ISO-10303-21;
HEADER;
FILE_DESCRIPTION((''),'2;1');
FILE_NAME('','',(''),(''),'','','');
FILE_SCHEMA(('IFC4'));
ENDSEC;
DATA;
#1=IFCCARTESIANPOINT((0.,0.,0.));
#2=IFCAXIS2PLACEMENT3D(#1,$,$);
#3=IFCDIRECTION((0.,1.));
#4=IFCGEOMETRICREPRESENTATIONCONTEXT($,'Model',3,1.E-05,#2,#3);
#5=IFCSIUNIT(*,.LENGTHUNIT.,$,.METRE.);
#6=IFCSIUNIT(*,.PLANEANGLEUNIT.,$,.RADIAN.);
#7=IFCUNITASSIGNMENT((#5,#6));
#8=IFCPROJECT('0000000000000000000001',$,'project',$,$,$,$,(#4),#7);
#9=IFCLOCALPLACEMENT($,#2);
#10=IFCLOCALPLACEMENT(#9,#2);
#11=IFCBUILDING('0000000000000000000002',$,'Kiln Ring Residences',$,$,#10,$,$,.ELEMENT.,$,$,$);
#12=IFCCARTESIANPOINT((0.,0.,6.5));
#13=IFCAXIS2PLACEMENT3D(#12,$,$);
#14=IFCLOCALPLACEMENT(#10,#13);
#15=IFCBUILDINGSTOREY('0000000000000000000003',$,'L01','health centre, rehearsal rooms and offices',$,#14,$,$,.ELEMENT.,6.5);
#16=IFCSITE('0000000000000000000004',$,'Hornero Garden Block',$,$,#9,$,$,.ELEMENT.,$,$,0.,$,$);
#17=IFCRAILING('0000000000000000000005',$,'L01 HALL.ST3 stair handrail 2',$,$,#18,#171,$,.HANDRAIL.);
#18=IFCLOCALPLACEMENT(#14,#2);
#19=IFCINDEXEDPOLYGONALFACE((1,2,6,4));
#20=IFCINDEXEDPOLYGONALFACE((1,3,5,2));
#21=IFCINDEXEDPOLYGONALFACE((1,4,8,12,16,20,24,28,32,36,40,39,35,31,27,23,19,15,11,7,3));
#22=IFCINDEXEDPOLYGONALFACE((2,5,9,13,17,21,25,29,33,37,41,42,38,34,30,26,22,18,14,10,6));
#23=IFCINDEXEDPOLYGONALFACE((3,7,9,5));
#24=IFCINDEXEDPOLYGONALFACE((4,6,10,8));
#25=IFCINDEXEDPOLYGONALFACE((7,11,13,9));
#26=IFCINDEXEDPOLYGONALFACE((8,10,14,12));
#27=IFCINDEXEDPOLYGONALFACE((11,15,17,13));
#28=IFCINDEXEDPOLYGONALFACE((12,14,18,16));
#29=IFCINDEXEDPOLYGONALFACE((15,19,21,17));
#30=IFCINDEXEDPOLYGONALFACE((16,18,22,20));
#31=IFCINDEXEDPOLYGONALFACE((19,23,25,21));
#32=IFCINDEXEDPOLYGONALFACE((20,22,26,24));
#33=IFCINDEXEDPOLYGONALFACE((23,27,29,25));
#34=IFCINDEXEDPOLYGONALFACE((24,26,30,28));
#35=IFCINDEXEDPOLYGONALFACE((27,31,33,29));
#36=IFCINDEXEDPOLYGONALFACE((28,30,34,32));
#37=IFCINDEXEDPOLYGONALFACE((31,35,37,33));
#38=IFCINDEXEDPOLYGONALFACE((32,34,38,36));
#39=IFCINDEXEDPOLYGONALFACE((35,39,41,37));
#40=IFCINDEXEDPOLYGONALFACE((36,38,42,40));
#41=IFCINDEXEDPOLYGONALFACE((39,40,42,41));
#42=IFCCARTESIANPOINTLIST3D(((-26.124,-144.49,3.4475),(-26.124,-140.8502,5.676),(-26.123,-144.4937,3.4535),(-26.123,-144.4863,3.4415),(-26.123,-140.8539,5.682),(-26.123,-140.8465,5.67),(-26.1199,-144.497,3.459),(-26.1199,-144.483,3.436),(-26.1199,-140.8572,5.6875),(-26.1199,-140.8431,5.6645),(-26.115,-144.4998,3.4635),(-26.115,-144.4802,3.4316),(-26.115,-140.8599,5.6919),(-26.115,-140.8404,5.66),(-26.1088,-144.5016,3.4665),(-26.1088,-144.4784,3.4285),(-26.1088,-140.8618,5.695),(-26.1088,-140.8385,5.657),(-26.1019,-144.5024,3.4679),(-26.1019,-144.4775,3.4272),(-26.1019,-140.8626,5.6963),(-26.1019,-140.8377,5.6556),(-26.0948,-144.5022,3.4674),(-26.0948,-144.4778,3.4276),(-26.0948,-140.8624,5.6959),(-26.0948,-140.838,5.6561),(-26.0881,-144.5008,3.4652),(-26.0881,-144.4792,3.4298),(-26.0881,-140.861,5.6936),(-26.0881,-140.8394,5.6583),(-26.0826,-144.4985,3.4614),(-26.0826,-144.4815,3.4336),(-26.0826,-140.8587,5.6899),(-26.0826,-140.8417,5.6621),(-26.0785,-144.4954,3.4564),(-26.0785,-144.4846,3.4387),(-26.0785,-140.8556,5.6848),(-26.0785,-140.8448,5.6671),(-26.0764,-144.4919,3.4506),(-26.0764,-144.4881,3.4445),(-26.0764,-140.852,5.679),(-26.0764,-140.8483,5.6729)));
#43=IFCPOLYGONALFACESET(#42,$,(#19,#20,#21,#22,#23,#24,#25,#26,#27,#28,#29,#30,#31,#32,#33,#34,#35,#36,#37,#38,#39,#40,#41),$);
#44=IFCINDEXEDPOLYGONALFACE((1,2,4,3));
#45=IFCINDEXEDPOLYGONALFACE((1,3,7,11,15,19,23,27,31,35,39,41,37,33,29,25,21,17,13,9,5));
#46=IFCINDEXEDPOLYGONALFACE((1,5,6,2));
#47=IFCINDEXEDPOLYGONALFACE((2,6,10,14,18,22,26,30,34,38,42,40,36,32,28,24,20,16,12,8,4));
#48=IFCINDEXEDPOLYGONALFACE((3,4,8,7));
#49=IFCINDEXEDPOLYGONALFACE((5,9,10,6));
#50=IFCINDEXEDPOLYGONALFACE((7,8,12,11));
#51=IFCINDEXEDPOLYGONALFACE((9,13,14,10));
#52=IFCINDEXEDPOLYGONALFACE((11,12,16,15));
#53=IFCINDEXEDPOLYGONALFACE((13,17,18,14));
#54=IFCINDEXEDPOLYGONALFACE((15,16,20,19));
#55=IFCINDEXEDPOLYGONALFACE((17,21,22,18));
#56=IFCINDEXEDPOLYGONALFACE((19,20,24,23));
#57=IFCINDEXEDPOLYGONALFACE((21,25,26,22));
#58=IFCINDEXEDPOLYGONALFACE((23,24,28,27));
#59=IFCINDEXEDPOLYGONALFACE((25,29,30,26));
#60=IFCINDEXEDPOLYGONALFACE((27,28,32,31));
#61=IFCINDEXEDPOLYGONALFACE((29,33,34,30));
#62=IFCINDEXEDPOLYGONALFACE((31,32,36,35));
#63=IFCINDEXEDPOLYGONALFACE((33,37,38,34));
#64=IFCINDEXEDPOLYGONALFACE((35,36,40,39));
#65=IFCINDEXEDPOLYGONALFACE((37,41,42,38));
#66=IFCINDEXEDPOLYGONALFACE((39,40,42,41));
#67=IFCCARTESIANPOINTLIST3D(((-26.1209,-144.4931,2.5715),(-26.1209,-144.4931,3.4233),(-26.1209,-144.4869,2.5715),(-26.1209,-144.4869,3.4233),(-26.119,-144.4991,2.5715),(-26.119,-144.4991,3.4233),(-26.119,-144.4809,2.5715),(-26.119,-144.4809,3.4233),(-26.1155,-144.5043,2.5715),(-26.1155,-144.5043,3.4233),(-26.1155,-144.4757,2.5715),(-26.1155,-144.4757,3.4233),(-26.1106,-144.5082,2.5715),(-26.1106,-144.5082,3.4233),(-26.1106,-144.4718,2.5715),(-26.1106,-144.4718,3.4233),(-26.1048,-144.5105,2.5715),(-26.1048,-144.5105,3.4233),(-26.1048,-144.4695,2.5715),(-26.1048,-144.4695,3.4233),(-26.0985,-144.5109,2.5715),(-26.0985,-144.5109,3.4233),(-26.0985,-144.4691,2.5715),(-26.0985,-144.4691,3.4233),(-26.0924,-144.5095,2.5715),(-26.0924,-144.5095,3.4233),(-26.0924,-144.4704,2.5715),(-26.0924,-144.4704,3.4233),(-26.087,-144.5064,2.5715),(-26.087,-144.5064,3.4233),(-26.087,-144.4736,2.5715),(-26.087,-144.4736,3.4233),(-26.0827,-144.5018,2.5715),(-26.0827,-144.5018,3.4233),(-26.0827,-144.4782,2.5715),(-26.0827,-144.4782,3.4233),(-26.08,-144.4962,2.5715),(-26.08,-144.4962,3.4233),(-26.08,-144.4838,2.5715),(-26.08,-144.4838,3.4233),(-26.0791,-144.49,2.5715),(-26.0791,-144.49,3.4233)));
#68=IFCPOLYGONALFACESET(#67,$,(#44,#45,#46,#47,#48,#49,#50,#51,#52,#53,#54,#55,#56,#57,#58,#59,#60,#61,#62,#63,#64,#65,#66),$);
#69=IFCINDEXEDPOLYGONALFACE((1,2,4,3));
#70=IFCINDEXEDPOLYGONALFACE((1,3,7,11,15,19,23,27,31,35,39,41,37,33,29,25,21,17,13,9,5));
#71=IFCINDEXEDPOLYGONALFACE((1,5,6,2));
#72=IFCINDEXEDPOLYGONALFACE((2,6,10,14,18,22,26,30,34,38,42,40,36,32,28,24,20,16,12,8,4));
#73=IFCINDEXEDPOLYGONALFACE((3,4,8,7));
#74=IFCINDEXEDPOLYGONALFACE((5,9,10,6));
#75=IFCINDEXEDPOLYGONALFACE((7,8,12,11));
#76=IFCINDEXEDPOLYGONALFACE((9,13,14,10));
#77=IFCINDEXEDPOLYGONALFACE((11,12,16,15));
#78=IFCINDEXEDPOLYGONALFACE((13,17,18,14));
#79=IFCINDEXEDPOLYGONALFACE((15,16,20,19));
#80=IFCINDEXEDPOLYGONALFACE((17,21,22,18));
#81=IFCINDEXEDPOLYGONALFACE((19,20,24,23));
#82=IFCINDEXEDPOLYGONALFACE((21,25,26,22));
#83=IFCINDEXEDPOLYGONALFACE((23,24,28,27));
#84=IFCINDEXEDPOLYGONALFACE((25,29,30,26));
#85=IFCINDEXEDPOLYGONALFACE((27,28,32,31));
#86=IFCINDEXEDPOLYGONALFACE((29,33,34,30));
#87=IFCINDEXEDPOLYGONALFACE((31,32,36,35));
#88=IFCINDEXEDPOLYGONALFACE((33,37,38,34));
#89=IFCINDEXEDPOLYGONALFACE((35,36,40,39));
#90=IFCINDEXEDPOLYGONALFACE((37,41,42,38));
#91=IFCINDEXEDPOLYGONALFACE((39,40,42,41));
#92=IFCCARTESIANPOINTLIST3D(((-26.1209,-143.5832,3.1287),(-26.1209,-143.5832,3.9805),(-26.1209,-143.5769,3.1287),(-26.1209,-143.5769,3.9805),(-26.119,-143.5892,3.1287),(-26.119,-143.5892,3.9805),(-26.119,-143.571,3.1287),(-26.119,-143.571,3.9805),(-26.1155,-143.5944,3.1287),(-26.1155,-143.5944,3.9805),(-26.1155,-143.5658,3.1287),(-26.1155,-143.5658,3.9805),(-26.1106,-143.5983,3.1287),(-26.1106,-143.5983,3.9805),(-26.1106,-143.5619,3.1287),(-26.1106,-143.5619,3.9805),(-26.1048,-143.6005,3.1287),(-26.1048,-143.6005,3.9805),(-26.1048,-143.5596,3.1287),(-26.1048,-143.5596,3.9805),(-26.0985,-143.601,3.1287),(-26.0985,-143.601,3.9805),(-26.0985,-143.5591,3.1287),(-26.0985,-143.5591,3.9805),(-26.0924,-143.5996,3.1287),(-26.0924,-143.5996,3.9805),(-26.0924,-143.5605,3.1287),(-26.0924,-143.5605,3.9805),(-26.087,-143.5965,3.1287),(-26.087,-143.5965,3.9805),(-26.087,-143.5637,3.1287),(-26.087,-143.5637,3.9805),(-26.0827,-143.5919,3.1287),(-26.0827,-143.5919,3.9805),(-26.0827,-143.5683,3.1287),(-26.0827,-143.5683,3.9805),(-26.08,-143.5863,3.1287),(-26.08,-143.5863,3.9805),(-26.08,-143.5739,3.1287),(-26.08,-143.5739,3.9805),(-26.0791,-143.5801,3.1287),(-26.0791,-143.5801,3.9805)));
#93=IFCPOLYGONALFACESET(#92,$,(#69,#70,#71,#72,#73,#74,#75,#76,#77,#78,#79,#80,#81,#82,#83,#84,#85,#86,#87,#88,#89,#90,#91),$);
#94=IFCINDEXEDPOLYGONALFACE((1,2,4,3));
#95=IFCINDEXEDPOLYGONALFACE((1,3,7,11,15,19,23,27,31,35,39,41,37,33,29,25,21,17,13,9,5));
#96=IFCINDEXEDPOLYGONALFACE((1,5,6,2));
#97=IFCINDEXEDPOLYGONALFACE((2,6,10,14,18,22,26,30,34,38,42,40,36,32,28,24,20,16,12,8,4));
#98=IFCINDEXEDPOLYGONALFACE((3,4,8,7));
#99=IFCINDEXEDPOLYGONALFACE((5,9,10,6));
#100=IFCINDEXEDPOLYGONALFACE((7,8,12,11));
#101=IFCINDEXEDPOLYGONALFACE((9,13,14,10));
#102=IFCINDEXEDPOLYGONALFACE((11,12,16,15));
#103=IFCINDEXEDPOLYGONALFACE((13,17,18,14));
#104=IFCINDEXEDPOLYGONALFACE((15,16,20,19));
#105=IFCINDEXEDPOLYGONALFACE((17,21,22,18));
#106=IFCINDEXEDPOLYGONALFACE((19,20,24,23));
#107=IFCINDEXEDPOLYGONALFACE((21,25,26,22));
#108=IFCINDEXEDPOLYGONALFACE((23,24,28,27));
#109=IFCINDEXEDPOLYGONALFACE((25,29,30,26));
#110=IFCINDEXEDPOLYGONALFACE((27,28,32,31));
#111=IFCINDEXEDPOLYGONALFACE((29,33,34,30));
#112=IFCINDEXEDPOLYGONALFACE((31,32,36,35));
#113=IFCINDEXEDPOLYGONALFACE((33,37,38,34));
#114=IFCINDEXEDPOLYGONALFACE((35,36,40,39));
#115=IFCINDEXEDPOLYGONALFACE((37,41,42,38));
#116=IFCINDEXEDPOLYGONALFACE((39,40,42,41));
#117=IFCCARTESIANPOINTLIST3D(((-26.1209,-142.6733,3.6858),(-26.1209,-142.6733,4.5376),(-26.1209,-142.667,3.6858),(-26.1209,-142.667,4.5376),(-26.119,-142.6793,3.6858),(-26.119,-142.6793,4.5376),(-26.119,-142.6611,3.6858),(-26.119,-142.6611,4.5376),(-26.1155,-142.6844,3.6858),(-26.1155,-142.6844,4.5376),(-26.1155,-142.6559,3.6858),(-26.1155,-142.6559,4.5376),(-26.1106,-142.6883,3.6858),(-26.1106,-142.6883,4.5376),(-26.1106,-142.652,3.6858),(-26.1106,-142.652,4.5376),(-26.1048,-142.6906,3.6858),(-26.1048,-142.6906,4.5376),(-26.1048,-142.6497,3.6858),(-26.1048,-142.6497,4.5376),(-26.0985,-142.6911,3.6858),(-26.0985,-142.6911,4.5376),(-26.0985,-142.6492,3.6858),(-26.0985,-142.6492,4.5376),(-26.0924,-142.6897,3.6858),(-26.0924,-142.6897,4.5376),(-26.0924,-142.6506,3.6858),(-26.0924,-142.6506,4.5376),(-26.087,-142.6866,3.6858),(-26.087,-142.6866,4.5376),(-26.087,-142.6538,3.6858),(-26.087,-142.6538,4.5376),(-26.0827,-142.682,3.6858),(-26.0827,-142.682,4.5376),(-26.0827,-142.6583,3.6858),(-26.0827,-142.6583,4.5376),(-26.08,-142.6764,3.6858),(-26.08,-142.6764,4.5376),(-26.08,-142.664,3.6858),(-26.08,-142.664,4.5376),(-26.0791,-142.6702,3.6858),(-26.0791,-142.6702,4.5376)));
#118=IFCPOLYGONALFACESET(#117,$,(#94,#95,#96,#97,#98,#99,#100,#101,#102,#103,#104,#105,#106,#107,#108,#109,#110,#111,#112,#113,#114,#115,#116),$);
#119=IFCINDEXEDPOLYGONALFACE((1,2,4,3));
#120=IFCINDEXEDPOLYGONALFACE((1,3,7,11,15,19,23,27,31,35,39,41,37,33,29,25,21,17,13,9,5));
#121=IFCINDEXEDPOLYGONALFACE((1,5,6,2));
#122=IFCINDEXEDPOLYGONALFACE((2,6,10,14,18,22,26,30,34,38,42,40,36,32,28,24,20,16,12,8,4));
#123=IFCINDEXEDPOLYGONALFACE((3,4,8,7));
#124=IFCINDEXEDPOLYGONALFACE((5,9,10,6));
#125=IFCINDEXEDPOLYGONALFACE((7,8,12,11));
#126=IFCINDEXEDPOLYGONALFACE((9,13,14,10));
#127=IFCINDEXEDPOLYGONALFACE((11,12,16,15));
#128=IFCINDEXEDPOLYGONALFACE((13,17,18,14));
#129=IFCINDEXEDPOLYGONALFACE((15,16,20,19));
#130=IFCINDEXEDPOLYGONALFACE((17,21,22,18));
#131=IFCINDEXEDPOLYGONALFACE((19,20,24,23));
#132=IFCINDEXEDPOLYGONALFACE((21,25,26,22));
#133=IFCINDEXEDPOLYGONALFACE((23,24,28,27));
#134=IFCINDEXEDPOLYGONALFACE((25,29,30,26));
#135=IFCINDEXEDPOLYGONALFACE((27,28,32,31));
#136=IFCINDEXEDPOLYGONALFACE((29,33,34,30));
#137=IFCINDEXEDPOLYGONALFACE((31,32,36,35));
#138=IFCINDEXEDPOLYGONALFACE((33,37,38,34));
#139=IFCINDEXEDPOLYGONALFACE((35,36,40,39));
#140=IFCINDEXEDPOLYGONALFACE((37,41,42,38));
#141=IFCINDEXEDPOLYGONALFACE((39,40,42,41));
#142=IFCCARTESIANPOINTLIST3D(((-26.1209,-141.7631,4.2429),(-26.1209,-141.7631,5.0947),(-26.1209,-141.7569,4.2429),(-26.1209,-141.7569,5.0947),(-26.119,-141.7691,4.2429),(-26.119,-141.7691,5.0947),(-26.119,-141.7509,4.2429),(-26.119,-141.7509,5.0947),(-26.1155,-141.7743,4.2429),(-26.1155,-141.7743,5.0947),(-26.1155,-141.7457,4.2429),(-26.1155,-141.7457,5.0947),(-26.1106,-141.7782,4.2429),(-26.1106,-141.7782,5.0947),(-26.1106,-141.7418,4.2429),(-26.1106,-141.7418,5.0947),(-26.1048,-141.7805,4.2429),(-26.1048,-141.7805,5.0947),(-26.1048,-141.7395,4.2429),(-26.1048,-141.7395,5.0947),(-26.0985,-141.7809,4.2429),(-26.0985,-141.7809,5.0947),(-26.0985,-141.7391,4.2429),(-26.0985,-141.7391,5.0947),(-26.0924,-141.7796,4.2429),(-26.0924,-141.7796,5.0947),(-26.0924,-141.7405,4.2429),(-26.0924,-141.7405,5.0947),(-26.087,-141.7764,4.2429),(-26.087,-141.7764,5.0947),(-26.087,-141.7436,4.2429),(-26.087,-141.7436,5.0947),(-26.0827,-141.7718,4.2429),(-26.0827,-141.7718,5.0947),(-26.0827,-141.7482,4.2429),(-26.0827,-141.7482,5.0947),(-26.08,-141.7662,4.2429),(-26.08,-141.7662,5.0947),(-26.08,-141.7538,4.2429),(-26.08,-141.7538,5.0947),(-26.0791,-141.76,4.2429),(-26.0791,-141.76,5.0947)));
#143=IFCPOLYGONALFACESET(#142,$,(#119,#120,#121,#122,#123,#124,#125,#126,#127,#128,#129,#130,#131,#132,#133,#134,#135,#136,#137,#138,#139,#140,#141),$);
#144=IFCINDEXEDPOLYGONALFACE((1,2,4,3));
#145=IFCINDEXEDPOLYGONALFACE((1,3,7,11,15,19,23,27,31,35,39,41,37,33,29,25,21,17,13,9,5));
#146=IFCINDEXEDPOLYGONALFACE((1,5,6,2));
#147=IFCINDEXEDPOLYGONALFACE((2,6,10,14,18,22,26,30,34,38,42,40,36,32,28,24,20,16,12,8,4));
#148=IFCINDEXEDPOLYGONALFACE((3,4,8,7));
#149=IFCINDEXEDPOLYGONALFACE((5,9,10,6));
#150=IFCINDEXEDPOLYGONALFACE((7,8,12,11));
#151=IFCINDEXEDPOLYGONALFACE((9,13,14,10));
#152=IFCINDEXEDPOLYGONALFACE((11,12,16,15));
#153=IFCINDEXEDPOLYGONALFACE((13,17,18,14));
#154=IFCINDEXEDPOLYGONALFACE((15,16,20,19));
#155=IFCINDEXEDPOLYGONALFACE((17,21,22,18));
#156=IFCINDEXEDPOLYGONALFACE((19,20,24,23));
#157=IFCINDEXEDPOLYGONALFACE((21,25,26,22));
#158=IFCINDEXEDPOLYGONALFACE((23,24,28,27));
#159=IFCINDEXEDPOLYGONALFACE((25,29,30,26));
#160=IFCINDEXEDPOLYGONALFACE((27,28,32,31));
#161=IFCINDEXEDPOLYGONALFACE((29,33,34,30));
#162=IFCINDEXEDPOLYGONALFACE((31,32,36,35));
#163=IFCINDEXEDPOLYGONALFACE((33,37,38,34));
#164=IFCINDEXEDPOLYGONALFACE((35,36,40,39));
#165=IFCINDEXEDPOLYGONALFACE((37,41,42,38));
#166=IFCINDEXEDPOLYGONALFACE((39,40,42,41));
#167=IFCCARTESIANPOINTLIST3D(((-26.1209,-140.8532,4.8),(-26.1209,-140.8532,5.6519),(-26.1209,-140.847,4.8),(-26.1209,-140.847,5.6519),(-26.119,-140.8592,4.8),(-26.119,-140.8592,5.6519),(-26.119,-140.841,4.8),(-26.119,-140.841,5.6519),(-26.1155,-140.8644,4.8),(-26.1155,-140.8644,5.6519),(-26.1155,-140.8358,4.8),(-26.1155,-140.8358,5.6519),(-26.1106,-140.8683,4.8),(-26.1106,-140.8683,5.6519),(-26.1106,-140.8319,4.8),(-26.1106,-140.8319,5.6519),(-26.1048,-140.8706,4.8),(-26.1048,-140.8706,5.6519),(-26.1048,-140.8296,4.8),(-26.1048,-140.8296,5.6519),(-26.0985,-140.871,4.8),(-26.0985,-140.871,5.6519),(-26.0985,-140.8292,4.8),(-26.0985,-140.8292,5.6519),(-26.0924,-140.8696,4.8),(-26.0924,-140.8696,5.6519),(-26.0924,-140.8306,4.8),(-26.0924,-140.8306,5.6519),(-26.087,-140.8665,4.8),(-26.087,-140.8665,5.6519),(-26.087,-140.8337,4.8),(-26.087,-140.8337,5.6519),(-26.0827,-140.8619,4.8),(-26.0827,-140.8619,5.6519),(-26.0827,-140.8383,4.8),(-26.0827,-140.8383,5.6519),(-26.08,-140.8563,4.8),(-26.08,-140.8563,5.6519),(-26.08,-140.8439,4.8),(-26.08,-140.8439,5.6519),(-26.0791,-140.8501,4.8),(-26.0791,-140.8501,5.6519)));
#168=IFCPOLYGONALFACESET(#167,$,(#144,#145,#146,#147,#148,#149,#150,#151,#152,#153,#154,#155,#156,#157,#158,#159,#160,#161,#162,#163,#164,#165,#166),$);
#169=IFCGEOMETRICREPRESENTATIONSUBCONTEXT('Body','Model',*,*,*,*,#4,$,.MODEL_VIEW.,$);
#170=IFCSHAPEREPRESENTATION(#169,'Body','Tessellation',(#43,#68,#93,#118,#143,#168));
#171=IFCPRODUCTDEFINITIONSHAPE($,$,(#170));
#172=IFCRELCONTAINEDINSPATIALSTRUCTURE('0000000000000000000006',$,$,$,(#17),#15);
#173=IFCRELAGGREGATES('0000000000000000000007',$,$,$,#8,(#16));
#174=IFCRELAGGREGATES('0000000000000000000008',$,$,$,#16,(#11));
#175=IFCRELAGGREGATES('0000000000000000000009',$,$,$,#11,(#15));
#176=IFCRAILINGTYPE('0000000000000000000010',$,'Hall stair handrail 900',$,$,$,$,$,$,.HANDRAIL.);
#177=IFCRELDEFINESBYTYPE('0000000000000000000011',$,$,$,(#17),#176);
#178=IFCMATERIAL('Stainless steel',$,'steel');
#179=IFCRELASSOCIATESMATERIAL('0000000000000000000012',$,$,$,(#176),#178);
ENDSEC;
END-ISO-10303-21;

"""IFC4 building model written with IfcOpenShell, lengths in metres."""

from ifc_helpers import new_model, si_unit, direction, frame, origin, origin_2d, place, context, subcontext, project, spatial, circle, extrude, material, type_object, element, save


model = new_model("IFC4")

# Units and contexts
model_context = context("Model", 3, precision=1e-05, world=origin(), true_north=direction((0.0, 1.0)))
body_context = subcontext(model_context, "Body", "Model", "MODEL_VIEW")
ifc_project = project(units=[si_unit("LENGTHUNIT", "METRE"), si_unit("PLANEANGLEUNIT", "RADIAN")], contexts=[model_context])

# Site, building, storey
site_placement = place(None, origin())
site = spatial("IfcSite", under=ifc_project, at=site_placement, Name="Hornero Garden Block", CompositionType="ELEMENT", RefElevation=0.0)
building_placement = place(site_placement, origin())
building = spatial("IfcBuilding", under=site, at=building_placement, Name="Kiln Ring Residences", CompositionType="ELEMENT")
storey_placement = place(building_placement, frame((0.0, 0.0, 6.5)))
storey = spatial("IfcBuildingStorey", under=building, at=storey_placement, Name="L01", Description="health centre, rehearsal rooms and offices", CompositionType="ELEMENT", Elevation=6.5)

# Railing
ifc_material_1 = material(Name="Stainless steel", Category="steel")
railing_type_1 = type_object("IfcRailingType", Name="Hall stair handrail 900", PredefinedType="HANDRAIL", material=ifc_material_1)
railing_1_placement = place(storey_placement, frame((-26.1001, -144.49, 2.5715)))
element("IfcRailing", 1, at=railing_1_placement, inside=storey, type_object=railing_type_1, Name="L01 HALL.ST3 stair handrail 2", PredefinedType="HANDRAIL", context=body_context, shape_type="SweptSolid", body=[
    extrude(circle(Radius=0.0239, at=origin_2d()), frame((0.0, 0.0, 0.876), z_axis=(0.0, 0.85285, 0.522156), x_axis=(-1.0, 0.0, 0.0)), (0.0, 0.0, 1.0), 4.2678),
    extrude(circle(Radius=0.021, at=origin_2d()), origin(), (0.0, 0.0, 1.0), 0.8518),
    extrude(circle(Radius=0.021, at=origin_2d()), frame((0.0, 0.9099, 0.5571)), (0.0, 0.0, 1.0), 0.8518),
    extrude(circle(Radius=0.021, at=origin_2d()), frame((0.0, 1.8198, 1.1143)), (0.0, 0.0, 1.0), 0.8518),
    extrude(circle(Radius=0.021, at=origin_2d()), frame((0.0, 2.73, 1.6714)), (0.0, 0.0, 1.0), 0.8518),
    extrude(circle(Radius=0.021, at=origin_2d()), frame((0.0, 3.6399, 2.2285)), (0.0, 0.0, 1.0), 0.8518),
])

save(model, "model.ifc")
